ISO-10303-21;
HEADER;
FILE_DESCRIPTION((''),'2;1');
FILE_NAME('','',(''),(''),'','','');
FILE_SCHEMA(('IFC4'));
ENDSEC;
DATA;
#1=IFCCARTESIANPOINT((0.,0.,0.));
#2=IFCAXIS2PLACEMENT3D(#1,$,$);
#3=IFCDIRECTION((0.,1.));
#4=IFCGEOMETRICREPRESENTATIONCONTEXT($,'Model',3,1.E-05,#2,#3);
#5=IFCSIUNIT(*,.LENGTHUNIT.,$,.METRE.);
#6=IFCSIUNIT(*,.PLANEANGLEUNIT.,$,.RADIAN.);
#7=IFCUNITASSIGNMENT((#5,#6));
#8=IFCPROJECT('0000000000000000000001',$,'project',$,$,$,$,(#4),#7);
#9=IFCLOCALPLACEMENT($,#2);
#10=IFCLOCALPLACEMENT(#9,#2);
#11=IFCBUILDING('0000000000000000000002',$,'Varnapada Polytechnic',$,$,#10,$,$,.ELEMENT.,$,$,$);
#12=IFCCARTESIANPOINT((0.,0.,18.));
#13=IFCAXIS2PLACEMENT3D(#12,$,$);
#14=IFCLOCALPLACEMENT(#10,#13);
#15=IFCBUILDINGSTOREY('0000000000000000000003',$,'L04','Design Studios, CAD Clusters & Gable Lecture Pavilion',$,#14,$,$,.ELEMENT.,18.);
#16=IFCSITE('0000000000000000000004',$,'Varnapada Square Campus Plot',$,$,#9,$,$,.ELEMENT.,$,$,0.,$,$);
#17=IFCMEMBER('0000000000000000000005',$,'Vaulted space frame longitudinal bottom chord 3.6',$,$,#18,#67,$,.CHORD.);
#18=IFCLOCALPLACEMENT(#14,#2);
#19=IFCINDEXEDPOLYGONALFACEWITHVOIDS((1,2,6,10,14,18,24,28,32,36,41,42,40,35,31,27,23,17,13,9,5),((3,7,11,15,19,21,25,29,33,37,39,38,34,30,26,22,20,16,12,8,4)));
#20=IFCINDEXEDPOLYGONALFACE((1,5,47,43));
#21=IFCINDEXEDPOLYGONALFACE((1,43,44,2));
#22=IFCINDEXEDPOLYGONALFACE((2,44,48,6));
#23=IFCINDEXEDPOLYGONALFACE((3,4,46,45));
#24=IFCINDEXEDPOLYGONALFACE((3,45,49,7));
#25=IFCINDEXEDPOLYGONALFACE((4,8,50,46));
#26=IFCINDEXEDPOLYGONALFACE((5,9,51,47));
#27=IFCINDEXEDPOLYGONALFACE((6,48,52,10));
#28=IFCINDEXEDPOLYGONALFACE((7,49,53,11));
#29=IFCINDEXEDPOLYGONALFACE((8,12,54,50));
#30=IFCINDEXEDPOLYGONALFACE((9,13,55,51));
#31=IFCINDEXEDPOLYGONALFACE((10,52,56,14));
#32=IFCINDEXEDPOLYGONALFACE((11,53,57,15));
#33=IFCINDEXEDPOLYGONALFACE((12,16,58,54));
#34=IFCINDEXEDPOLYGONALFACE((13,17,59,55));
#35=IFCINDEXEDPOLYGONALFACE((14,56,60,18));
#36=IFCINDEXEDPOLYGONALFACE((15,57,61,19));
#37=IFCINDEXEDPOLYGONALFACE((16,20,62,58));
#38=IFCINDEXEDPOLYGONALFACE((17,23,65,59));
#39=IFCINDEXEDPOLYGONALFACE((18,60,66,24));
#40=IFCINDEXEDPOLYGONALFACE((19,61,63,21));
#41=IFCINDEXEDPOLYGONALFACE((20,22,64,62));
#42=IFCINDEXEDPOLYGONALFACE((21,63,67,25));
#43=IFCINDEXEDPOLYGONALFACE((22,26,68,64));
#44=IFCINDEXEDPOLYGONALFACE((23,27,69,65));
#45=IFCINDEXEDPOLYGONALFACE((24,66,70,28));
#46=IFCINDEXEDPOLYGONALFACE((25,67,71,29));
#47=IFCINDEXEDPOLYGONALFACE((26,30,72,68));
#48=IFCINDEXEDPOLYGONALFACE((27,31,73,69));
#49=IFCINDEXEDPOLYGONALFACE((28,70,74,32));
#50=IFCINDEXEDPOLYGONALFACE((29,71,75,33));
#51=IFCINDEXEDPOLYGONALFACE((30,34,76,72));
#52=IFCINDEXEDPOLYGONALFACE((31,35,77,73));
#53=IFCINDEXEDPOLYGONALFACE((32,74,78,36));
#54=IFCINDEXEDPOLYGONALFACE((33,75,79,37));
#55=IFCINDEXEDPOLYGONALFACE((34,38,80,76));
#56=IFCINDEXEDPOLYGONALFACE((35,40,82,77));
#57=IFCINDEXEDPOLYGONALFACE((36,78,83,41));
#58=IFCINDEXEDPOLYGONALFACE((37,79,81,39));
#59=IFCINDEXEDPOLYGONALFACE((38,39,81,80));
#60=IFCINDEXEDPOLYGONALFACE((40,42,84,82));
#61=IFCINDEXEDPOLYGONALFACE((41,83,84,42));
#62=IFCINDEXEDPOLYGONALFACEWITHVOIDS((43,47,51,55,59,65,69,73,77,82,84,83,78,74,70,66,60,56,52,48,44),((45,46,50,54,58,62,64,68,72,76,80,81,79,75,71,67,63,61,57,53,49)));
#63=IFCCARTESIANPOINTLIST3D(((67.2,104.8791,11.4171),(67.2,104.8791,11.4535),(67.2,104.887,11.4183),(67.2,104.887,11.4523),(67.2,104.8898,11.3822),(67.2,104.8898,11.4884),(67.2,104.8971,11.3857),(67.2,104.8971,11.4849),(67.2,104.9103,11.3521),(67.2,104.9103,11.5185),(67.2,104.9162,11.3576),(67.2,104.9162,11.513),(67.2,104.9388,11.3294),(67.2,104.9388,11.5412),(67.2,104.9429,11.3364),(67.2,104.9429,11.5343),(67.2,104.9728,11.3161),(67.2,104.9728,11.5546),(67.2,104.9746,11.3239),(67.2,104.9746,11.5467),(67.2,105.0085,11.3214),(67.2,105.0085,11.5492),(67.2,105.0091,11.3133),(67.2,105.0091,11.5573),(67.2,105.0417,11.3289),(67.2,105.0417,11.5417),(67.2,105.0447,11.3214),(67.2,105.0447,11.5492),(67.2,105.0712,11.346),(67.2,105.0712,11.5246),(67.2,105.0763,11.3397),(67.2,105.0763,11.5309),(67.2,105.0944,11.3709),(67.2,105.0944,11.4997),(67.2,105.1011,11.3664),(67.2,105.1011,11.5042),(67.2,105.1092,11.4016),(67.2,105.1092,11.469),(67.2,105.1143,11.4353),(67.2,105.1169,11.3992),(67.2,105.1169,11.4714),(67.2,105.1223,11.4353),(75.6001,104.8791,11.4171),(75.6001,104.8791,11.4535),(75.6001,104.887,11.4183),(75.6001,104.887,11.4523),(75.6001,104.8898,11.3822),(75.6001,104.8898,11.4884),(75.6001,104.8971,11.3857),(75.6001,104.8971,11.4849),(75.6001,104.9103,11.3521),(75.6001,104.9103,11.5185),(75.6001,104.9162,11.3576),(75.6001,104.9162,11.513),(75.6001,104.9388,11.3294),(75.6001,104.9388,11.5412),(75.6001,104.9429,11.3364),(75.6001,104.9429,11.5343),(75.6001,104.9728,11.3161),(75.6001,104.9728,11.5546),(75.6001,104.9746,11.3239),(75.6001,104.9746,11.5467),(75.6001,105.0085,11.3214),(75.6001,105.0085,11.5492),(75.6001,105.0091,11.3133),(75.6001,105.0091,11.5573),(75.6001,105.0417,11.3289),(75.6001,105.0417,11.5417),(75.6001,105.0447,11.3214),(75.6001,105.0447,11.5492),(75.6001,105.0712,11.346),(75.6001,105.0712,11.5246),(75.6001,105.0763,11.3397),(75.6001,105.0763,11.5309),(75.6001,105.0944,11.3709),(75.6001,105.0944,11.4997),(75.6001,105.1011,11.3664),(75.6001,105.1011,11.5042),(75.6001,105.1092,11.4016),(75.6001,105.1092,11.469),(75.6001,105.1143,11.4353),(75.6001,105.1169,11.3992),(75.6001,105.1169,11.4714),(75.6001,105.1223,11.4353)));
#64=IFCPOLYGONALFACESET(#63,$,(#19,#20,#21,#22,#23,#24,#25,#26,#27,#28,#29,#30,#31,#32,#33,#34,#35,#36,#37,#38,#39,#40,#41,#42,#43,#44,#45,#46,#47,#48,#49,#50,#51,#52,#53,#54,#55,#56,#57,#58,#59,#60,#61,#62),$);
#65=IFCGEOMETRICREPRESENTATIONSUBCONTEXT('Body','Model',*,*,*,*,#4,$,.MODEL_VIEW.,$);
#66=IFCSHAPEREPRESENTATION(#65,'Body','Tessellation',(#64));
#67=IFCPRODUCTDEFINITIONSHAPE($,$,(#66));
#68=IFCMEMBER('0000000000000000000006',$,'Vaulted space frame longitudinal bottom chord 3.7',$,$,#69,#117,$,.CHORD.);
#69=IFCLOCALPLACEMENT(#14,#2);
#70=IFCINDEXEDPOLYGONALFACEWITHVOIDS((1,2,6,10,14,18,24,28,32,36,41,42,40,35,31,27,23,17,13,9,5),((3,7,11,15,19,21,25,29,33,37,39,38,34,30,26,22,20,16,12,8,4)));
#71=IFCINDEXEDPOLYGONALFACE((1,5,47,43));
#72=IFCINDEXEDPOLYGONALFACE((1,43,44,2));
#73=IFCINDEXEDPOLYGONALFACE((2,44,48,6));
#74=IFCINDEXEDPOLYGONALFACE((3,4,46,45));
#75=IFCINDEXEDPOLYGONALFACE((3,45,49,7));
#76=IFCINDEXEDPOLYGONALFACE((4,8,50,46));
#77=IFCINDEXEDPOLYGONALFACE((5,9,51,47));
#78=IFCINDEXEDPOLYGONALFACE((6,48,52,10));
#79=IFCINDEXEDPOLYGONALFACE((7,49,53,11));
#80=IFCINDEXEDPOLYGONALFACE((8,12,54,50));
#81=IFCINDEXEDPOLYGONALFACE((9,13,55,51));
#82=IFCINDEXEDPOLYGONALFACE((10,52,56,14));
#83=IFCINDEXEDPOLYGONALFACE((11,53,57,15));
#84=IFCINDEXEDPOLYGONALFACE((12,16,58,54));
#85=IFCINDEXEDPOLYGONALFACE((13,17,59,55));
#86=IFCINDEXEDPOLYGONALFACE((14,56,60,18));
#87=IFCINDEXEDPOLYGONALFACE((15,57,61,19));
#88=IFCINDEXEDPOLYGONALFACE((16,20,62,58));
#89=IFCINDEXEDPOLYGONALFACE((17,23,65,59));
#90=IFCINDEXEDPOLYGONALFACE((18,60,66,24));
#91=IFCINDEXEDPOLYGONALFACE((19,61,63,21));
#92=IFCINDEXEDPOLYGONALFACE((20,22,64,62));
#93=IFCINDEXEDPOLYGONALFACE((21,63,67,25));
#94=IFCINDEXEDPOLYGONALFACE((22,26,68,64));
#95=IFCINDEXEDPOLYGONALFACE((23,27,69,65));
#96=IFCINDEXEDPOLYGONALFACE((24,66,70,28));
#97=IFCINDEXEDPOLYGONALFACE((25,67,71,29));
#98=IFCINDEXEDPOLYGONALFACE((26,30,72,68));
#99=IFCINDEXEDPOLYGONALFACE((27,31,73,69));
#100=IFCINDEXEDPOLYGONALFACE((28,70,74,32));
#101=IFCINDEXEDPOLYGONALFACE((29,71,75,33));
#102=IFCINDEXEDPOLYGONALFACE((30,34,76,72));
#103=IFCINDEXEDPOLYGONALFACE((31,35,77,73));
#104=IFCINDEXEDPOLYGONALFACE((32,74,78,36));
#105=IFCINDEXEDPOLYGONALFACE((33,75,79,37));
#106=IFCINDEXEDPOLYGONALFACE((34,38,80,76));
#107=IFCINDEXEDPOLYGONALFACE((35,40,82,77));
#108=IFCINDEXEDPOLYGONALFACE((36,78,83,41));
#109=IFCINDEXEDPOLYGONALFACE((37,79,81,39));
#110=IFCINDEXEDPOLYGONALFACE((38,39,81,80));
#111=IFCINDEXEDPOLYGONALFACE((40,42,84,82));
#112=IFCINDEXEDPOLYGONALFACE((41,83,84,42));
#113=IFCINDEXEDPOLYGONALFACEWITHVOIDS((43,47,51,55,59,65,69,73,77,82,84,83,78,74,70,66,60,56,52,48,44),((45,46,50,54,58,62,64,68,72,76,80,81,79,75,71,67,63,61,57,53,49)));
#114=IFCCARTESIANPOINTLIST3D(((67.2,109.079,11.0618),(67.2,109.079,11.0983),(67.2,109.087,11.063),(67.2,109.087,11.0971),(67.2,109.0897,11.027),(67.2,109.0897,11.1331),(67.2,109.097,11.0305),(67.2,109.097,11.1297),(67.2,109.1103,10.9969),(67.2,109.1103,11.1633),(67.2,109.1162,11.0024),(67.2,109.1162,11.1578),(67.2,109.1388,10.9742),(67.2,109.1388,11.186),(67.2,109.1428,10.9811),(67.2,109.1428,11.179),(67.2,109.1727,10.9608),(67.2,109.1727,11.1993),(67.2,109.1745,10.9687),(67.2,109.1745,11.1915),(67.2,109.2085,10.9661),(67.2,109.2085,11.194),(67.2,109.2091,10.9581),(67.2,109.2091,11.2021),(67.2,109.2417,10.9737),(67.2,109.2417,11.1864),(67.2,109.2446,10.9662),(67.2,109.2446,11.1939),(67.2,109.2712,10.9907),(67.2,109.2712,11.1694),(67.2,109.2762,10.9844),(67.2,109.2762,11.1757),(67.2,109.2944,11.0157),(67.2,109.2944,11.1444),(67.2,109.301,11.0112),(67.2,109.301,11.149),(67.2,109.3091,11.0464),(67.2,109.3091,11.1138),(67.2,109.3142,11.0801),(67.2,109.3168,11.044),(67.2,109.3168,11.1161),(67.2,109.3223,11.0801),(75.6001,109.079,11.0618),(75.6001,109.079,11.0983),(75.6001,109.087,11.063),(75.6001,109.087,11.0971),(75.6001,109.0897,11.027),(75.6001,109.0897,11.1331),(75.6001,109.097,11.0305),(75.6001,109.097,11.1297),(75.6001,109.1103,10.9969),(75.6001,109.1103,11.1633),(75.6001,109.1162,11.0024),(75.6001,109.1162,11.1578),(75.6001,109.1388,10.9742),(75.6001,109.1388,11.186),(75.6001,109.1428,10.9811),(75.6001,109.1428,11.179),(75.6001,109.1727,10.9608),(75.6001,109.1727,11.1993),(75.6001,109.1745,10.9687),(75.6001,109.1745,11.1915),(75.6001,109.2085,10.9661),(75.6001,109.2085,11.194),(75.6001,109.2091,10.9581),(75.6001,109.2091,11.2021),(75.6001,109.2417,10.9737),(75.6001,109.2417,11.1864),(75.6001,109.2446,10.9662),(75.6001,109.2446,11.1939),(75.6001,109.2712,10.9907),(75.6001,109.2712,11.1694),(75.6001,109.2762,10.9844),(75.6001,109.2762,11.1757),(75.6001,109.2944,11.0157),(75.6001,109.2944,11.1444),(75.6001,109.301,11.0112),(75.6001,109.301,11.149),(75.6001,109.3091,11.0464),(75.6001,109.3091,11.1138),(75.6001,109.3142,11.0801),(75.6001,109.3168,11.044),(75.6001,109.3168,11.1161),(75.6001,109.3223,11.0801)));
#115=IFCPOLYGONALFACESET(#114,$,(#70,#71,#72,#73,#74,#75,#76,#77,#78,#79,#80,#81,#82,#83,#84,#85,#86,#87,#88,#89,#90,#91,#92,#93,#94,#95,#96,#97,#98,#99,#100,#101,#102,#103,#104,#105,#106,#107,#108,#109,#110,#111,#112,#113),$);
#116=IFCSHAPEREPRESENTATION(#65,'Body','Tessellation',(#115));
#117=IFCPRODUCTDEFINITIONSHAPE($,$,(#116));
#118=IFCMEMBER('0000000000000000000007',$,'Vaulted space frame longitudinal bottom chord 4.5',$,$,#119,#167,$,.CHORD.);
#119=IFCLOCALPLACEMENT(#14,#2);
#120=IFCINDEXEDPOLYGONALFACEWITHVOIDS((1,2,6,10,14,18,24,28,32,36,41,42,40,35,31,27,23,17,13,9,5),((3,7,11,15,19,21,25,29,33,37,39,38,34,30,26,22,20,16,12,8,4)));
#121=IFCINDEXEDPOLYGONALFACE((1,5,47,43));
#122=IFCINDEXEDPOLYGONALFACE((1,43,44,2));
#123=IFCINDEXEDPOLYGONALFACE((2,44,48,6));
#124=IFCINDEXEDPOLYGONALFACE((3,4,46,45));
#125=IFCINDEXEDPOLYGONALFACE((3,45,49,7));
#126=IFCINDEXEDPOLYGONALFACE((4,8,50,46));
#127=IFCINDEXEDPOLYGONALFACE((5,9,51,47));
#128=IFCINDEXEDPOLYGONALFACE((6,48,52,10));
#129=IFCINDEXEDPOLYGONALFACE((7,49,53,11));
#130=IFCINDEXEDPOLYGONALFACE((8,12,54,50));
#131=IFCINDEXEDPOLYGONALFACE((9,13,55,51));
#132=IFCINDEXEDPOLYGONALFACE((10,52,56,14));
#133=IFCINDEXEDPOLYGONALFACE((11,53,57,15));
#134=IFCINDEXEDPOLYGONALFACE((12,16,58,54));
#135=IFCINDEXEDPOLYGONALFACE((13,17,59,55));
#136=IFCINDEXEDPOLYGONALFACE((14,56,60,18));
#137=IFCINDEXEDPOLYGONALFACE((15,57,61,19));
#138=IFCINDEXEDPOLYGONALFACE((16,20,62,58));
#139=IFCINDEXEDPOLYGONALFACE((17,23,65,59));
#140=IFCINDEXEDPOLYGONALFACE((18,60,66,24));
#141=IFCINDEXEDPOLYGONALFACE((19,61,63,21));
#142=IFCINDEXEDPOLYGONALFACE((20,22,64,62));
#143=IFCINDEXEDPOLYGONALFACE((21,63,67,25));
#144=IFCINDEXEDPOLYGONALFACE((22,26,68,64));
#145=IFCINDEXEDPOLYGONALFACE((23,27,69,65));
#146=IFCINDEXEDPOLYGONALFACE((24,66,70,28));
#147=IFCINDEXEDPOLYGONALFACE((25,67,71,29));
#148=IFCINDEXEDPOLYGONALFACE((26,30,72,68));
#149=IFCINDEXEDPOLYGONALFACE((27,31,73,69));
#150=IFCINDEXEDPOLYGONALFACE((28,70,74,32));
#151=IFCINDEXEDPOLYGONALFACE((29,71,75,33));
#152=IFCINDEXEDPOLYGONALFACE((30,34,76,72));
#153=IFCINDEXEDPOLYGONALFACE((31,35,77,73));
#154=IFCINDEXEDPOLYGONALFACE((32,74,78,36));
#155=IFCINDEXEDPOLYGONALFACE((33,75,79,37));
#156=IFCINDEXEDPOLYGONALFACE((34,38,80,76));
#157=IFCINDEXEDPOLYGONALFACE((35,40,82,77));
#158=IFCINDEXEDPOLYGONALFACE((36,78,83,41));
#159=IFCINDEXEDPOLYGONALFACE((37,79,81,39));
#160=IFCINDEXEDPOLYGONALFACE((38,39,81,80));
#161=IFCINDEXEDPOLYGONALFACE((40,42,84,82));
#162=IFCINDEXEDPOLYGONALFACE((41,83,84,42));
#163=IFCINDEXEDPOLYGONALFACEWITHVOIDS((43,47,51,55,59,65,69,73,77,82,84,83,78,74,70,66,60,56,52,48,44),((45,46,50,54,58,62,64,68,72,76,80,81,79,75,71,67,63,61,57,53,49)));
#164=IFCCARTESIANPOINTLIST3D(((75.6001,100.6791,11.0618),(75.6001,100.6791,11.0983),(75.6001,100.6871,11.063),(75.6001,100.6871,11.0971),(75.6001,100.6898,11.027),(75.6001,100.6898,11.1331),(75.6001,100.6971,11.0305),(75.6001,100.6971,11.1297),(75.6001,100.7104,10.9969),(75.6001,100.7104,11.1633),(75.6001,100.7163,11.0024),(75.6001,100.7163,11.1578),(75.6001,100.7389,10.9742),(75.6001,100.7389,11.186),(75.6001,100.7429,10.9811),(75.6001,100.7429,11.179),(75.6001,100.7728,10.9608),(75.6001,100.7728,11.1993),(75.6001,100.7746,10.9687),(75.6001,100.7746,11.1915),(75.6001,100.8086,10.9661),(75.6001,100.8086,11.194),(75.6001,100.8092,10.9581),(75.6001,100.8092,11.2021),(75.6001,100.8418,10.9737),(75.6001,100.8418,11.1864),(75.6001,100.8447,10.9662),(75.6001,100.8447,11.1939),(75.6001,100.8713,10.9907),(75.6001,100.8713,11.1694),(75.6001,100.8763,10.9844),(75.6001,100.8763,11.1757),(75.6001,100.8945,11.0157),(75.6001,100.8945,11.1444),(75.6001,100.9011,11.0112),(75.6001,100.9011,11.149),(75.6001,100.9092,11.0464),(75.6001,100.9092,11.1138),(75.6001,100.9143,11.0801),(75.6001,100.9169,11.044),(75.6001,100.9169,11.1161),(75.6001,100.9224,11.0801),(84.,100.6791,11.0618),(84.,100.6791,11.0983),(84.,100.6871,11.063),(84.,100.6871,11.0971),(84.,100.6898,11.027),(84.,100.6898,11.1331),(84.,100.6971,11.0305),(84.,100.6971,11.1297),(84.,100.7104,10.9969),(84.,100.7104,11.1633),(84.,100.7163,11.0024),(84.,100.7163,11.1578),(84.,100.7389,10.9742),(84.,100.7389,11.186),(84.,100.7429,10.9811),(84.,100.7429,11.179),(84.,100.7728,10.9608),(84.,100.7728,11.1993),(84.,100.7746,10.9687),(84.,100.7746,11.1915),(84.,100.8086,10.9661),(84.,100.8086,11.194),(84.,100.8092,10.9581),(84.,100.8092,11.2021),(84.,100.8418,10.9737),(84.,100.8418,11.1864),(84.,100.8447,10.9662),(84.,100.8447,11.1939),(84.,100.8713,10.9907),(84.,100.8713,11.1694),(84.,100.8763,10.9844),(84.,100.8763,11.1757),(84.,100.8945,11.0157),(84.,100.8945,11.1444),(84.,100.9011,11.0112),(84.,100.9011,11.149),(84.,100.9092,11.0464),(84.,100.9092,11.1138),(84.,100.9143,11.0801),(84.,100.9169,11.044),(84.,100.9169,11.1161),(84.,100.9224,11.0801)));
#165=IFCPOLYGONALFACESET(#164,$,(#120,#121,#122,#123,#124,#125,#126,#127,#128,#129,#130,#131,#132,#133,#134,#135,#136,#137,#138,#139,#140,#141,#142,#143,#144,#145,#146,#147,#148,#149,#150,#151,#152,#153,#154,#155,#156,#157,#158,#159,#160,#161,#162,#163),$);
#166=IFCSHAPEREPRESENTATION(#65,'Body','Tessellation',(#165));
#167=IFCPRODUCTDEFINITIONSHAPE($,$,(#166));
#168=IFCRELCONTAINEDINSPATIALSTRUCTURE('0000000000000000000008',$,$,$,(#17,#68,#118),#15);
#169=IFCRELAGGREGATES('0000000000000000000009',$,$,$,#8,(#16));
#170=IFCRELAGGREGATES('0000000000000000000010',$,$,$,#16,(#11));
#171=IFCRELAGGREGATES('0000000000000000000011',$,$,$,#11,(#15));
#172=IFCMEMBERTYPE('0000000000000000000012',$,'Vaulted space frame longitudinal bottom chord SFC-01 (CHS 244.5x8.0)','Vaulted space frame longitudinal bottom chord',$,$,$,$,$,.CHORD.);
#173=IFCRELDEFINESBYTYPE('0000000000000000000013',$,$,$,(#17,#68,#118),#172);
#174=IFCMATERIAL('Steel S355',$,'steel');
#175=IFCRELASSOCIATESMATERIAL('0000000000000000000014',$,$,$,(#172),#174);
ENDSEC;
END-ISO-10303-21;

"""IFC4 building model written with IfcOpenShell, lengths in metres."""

from ifc_helpers import new_model, si_unit, direction, frame, origin, origin_2d, place, context, subcontext, project, spatial, hollow_circle, extrude, material, material_profile, profile_set, type_object, element, save


model = new_model("IFC4")

# Units and contexts
model_context = context("Model", 3, precision=1e-05, world=origin(), true_north=direction((0.0, 1.0)))
body_context = subcontext(model_context, "Body", "Model", "MODEL_VIEW")
ifc_project = project(units=[si_unit("LENGTHUNIT", "METRE"), si_unit("PLANEANGLEUNIT", "RADIAN")], contexts=[model_context])

# Site, building, storey
site_placement = place(None, origin())
site = spatial("IfcSite", under=ifc_project, at=site_placement, Name="Varnapada Square Campus Plot", CompositionType="ELEMENT", RefElevation=0.0)
building_placement = place(site_placement, origin())
building = spatial("IfcBuilding", under=site, at=building_placement, Name="Varnapada Polytechnic", CompositionType="ELEMENT")
storey_placement = place(building_placement, frame((0.0, 0.0, 18.0)))
storey = spatial("IfcBuildingStorey", under=building, at=storey_placement, Name="L04", Description="Design Studios, CAD Clusters & Gable Lecture Pavilion", CompositionType="ELEMENT", Elevation=18.0)

# Members
ifc_material = material(Name="Steel S355", Category="steel")
ifc_material_profile_1 = material_profile(ifc_material, hollow_circle(Radius=0.1223, WallThickness=0.0081, at=origin_2d()), Name="CHS 244.5x8.0")
ifc_profile_set_1 = profile_set([ifc_material_profile_1], Name="Steel S355")
member_type_1 = type_object("IfcMemberType", Name="Vaulted space frame longitudinal bottom chord SFC-01 (CHS 244.5x8.0)", Description="Vaulted space frame longitudinal bottom chord", PredefinedType="CHORD", material=ifc_profile_set_1)
for number, where, z_axis, x_axis, name in (
    (1, (67.2, 105.0, 11.4353), (1.0, 0.0, 0.0), (0.0, 1.0, 0.0), "Vaulted space frame longitudinal bottom chord 3.6"),
    (2, (67.2, 109.2, 11.0801), (1.0, 0.0, 0.0), (0.0, 1.0, 0.0), "Vaulted space frame longitudinal bottom chord 3.7"),
):
    element("IfcMember", number, at=place(storey_placement, frame(where, z_axis=z_axis, x_axis=x_axis)), inside=storey, type_object=member_type_1, Name=name, PredefinedType="CHORD", context=body_context, shape_type="SweptSolid", body=[
        extrude(hollow_circle(Radius=0.1223, WallThickness=0.0081, at=origin_2d()), origin(), (0.0, 0.0, 1.0), 8.4001),
    ])
for number, where, z_axis, x_axis, name in (
    (3, (75.6001, 100.8, 11.0801), (1.0, 0.0, 0.0), (0.0, 1.0, 0.0), "Vaulted space frame longitudinal bottom chord 4.5"),
):
    element("IfcMember", number, at=place(storey_placement, frame(where, z_axis=z_axis, x_axis=x_axis)), inside=storey, type_object=member_type_1, Name=name, PredefinedType="CHORD", context=body_context, shape_type="SweptSolid", body=[
        extrude(hollow_circle(Radius=0.1223, WallThickness=0.0081, at=origin_2d()), origin(), (0.0, 0.0, 1.0), 8.3999),
    ])

save(model, "model.ifc")
